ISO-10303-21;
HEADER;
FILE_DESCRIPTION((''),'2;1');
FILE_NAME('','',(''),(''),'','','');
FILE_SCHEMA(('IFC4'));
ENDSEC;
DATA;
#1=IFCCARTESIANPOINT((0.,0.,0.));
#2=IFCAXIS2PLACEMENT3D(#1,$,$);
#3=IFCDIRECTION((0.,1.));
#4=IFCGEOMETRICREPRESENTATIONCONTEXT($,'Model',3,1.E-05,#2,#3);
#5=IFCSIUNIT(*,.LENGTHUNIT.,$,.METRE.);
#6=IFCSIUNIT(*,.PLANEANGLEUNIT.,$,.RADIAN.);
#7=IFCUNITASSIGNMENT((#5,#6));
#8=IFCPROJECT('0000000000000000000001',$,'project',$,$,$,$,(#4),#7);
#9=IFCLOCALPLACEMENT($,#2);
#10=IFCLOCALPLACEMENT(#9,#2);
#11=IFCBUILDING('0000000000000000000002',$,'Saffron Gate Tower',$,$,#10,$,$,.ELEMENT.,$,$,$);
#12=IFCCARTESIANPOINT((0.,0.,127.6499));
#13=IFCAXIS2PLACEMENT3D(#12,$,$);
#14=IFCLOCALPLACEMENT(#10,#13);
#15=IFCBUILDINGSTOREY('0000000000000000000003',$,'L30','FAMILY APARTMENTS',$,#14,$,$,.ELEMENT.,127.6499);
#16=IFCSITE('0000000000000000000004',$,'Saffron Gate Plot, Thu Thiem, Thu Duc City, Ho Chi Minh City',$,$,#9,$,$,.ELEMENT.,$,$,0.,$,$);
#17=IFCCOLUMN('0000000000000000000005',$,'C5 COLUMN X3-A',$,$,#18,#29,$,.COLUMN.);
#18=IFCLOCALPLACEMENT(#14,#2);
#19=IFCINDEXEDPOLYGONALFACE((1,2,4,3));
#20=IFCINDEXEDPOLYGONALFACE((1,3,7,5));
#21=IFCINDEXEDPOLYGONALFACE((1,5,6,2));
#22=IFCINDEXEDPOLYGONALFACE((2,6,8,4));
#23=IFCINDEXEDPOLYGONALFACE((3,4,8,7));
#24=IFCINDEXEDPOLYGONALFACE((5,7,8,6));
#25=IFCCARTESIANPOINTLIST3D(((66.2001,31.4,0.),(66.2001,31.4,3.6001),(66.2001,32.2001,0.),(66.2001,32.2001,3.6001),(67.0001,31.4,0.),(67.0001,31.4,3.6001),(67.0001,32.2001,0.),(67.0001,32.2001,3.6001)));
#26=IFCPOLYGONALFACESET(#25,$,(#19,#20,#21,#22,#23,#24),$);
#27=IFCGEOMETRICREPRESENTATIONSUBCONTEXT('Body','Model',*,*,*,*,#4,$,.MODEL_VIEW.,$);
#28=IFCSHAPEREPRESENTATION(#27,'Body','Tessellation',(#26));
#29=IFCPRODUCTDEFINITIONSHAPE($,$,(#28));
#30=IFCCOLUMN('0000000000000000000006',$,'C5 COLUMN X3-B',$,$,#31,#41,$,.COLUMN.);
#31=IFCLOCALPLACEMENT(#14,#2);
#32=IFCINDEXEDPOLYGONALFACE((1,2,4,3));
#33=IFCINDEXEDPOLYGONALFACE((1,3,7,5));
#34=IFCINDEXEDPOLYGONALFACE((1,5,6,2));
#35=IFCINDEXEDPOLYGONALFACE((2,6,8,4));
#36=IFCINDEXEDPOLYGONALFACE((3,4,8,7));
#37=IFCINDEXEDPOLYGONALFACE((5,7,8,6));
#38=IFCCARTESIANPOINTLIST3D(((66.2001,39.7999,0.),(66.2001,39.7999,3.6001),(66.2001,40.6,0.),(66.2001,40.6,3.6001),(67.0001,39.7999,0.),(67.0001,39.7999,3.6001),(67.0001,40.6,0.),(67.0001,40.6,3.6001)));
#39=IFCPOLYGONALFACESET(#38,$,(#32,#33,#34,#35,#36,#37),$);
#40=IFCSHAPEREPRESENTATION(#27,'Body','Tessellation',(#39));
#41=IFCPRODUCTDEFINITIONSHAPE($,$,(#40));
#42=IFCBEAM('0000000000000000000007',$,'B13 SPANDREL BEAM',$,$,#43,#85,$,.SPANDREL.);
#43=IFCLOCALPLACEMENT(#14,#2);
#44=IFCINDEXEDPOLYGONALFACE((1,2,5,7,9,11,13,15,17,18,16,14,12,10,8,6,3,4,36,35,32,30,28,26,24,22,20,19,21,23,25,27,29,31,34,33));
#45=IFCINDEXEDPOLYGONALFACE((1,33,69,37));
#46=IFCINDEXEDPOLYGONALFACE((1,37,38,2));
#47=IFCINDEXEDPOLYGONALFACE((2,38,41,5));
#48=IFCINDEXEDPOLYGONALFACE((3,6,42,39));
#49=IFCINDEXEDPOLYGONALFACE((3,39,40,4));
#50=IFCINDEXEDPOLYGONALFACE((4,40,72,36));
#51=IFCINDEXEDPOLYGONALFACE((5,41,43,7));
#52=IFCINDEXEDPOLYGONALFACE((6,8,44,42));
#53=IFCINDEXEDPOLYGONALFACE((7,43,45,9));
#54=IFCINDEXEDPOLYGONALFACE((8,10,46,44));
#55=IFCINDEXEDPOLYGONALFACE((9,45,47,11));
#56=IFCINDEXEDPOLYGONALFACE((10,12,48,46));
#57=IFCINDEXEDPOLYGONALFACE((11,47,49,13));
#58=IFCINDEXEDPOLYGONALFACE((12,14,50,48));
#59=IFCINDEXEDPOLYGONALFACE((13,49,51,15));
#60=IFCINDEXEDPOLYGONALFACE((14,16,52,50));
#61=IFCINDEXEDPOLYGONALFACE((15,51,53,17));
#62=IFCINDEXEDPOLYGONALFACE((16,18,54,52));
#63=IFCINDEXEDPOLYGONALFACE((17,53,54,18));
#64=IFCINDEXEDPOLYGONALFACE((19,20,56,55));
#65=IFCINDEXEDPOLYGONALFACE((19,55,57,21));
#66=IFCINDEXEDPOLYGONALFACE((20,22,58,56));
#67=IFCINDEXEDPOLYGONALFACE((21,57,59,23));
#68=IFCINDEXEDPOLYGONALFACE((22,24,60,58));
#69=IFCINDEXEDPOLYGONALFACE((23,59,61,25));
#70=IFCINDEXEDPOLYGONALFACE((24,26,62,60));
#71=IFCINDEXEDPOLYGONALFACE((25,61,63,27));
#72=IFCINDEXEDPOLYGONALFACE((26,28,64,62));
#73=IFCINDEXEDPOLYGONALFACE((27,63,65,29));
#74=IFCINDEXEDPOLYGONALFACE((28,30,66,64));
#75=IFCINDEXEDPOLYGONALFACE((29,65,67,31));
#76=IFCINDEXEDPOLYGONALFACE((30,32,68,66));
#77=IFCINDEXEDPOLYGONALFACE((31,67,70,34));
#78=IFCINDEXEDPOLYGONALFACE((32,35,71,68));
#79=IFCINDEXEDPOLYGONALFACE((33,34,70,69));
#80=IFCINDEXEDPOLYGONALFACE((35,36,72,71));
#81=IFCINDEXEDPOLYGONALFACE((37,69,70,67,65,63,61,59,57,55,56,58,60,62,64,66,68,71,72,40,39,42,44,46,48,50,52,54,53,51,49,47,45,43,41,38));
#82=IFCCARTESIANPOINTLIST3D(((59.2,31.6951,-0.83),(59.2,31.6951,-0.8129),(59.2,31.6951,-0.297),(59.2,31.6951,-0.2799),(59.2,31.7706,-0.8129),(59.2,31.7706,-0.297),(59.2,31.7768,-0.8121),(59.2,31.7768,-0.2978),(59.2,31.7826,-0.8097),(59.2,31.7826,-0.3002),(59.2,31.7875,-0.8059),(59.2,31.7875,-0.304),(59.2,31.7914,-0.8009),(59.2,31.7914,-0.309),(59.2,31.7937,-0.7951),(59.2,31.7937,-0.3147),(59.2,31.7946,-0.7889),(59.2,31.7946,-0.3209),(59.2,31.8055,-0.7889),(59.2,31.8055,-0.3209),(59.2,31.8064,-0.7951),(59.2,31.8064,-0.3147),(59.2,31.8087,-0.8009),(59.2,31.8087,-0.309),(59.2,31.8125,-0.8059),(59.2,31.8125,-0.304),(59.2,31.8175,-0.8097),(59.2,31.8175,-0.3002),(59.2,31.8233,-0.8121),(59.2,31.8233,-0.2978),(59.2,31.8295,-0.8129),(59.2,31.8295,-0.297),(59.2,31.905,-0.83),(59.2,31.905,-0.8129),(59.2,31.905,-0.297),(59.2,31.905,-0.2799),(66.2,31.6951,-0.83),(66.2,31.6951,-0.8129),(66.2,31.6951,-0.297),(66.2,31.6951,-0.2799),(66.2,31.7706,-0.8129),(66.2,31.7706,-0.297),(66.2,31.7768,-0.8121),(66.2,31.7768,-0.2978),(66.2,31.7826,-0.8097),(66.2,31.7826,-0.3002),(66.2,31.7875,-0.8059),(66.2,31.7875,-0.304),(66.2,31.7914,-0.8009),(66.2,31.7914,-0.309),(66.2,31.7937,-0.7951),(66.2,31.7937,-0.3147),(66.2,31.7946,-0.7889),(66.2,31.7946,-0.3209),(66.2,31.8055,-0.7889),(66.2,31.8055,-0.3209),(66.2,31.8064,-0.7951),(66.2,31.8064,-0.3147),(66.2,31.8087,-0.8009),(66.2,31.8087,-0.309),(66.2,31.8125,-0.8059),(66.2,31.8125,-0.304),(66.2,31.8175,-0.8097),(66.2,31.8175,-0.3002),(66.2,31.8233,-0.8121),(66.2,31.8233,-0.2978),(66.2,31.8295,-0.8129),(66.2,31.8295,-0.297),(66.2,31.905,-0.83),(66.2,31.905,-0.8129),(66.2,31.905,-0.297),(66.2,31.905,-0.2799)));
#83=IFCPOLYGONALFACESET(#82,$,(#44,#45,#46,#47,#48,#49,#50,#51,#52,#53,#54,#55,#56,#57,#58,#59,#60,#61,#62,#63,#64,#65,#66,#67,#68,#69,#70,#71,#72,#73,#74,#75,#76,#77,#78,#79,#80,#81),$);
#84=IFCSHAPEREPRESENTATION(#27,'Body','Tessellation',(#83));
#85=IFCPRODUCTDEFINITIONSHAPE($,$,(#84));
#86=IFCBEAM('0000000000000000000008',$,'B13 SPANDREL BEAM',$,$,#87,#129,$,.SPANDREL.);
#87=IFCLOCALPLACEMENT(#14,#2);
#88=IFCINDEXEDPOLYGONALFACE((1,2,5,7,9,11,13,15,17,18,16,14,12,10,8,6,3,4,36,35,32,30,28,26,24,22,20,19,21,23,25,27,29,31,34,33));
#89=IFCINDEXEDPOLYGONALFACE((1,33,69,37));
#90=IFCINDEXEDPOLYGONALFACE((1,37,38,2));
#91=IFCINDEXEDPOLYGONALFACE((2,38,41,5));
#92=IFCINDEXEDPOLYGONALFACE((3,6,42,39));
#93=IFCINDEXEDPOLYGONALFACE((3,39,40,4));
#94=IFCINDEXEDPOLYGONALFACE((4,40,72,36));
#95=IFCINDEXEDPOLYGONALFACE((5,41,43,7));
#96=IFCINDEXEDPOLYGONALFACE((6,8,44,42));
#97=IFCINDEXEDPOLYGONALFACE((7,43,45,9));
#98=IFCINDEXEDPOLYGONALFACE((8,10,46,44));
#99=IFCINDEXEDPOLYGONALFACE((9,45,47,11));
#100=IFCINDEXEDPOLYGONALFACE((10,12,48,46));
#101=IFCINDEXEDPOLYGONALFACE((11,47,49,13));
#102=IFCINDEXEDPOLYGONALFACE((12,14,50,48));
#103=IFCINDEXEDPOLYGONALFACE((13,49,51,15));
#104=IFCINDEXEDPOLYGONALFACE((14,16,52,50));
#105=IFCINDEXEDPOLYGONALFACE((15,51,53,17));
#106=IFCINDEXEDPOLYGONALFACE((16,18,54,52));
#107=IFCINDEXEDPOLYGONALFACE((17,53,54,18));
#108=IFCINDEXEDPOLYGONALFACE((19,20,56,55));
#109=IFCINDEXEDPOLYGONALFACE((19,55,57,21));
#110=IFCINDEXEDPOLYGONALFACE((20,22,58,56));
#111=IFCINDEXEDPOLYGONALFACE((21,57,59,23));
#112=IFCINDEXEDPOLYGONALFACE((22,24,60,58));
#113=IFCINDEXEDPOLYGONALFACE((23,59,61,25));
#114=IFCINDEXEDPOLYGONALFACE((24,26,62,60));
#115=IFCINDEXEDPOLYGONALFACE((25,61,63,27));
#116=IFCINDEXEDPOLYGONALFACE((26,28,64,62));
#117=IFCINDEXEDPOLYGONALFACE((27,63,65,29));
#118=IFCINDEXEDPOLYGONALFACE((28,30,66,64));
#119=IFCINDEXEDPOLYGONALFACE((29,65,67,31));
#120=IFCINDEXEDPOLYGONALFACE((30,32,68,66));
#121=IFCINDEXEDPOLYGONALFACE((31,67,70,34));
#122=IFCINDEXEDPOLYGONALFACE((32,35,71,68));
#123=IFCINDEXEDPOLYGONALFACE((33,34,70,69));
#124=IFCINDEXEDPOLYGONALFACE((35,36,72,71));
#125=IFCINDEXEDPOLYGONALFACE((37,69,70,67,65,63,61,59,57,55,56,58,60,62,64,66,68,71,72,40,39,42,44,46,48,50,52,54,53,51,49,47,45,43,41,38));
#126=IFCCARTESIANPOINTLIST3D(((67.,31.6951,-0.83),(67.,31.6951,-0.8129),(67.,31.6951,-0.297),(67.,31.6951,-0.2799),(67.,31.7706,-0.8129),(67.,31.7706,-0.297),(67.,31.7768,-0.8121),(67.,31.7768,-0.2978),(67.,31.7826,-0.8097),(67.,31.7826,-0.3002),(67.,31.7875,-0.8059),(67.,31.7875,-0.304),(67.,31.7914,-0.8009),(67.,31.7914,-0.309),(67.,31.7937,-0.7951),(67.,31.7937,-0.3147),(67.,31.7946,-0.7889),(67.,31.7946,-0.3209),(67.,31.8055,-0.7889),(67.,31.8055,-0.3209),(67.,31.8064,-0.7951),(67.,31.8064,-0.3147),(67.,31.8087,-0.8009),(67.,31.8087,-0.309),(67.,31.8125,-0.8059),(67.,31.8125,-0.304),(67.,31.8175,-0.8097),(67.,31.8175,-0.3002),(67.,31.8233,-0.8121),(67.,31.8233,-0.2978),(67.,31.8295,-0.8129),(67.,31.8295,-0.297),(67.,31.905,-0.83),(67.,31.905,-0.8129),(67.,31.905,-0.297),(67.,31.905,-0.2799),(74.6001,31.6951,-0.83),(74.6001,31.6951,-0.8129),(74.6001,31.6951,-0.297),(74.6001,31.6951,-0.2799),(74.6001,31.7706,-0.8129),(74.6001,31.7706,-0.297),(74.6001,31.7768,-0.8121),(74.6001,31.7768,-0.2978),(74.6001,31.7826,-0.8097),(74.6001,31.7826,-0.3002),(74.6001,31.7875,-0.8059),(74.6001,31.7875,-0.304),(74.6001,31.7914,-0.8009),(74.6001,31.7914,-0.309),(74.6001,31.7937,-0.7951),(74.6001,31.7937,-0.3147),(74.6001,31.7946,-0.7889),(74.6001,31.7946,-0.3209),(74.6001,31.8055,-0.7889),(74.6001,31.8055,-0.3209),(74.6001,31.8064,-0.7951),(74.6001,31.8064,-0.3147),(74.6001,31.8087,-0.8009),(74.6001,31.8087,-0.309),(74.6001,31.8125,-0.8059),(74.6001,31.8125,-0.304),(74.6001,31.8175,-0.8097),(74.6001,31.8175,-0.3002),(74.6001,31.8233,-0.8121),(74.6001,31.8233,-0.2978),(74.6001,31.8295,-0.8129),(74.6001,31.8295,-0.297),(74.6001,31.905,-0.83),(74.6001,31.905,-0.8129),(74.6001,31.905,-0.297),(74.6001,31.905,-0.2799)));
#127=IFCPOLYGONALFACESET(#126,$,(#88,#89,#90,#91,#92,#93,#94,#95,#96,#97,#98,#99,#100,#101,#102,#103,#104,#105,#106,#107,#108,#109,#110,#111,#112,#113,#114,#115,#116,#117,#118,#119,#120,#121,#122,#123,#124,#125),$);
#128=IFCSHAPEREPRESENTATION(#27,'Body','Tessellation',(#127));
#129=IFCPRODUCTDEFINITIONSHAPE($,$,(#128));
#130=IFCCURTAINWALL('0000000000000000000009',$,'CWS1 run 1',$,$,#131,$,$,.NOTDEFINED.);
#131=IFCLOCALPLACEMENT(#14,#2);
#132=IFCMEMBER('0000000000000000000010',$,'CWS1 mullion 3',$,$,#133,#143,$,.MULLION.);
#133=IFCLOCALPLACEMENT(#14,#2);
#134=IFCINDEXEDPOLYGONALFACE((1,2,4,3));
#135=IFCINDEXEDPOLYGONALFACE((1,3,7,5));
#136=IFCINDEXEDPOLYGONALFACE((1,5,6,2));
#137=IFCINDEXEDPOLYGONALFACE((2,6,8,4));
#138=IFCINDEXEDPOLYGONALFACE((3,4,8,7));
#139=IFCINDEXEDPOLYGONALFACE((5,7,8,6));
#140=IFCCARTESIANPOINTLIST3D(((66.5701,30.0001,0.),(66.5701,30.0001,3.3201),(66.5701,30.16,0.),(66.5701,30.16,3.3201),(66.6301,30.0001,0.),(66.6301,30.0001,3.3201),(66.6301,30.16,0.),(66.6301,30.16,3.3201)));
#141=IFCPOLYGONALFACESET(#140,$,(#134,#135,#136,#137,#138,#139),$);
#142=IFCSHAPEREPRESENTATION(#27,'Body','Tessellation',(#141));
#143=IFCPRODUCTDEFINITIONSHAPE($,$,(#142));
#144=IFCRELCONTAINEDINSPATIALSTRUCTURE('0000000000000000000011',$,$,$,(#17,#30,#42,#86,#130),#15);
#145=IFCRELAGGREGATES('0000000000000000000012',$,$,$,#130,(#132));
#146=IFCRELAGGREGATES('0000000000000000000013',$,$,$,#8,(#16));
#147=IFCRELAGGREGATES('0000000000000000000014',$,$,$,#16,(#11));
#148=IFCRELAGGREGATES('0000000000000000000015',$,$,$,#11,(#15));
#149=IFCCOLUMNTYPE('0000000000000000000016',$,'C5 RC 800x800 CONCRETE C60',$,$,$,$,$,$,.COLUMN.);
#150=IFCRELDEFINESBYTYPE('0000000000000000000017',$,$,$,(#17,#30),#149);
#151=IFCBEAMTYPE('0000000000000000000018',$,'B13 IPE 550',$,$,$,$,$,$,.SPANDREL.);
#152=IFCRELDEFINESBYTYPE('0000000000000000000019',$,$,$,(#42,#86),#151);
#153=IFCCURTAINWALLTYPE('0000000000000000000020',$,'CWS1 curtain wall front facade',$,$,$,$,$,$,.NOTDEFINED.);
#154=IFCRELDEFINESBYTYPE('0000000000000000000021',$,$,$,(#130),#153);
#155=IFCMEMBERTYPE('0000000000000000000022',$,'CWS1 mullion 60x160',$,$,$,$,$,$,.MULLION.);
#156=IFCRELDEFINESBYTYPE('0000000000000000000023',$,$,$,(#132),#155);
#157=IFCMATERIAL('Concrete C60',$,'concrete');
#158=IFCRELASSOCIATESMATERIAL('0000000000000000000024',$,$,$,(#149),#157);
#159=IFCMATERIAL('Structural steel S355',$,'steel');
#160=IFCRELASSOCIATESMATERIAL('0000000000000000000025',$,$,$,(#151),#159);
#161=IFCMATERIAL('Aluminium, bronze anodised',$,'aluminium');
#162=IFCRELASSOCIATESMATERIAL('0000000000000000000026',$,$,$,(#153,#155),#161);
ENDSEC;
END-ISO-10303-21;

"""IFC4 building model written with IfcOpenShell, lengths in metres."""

from ifc_helpers import new_model, si_unit, direction, frame, origin, origin_2d, place, context, subcontext, project, spatial, rectangle, i_section, extrude, material, material_profile, profile_set, type_object, element, aggregate, save


model = new_model("IFC4")

# Units and contexts
model_context = context("Model", 3, precision=1e-05, world=origin(), true_north=direction((0.0, 1.0)))
body_context = subcontext(model_context, "Body", "Model", "MODEL_VIEW")
ifc_project = project(units=[si_unit("LENGTHUNIT", "METRE"), si_unit("PLANEANGLEUNIT", "RADIAN")], contexts=[model_context])

# Site, building, storey
site_placement = place(None, origin())
site = spatial("IfcSite", under=ifc_project, at=site_placement, Name="Saffron Gate Plot, Thu Thiem, Thu Duc City, Ho Chi Minh City", CompositionType="ELEMENT", RefElevation=0.0)
building_placement = place(site_placement, origin())
building = spatial("IfcBuilding", under=site, at=building_placement, Name="Saffron Gate Tower", CompositionType="ELEMENT")
storey_placement = place(building_placement, frame((0.0, 0.0, 127.6499)))
storey = spatial("IfcBuildingStorey", under=building, at=storey_placement, Name="L30", Description="FAMILY APARTMENTS", CompositionType="ELEMENT", Elevation=127.6499)

# Columns
ifc_material_1 = material(Name="Concrete C60", Category="concrete")
ifc_material_profile_1 = material_profile(ifc_material_1, rectangle(XDim=0.8, YDim=0.8, at=origin_2d()))
ifc_profile_set_1 = profile_set([ifc_material_profile_1], Name="Concrete C60")
column_type = type_object("IfcColumnType", Name="C5 RC 800x800 CONCRETE C60", PredefinedType="COLUMN", material=ifc_profile_set_1)
for number, where, z_axis, x_axis, name in (
    (1, (66.6001, 31.8, 0.0), (0.0, 0.0, 1.0), (1.0, 0.0, 0.0), "C5 COLUMN X3-A"),
    (2, (66.6001, 40.2, 0.0), (0.0, 0.0, 1.0), (1.0, 0.0, 0.0), "C5 COLUMN X3-B"),
):
    element("IfcColumn", number, at=place(storey_placement, frame(where, z_axis=z_axis, x_axis=x_axis)), inside=storey, type_object=column_type, Name=name, PredefinedType="COLUMN", context=body_context, shape_type="SweptSolid", body=[
        extrude(rectangle(XDim=0.8, YDim=0.8, at=origin_2d()), origin(), (0.0, 0.0, 1.0), 3.6001),
    ])

# Beams
ifc_material_2 = material(Name="Structural steel S355", Category="steel")
ifc_material_profile_2 = material_profile(ifc_material_2, i_section(OverallWidth=0.21, OverallDepth=0.55, WebThickness=0.011, FlangeThickness=0.0171, FilletRadius=0.0239, at=origin_2d()))
ifc_profile_set_2 = profile_set([ifc_material_profile_2], Name="Structural steel S355")
beam_type = type_object("IfcBeamType", Name="B13 IPE 550", PredefinedType="SPANDREL", material=ifc_profile_set_2)
beam_1_placement = place(storey_placement, frame((59.2, 31.8, -0.5549), z_axis=(1.0, 0.0, 0.0), x_axis=(0.0, 1.0, 0.0)))
element("IfcBeam", 3, at=beam_1_placement, inside=storey, type_object=beam_type, Name="B13 SPANDREL BEAM", PredefinedType="SPANDREL", context=body_context, shape_type="SweptSolid", body=[
    extrude(i_section(OverallWidth=0.21, OverallDepth=0.55, WebThickness=0.011, FlangeThickness=0.0171, FilletRadius=0.0239, at=origin_2d()), origin(), (0.0, 0.0, 1.0), 7.0),
])
beam_2_placement = place(storey_placement, frame((67.0, 31.8, -0.5549), z_axis=(1.0, 0.0, 0.0), x_axis=(0.0, 1.0, 0.0)))
element("IfcBeam", 4, at=beam_2_placement, inside=storey, type_object=beam_type, Name="B13 SPANDREL BEAM", PredefinedType="SPANDREL", context=body_context, shape_type="SweptSolid", body=[
    extrude(i_section(OverallWidth=0.21, OverallDepth=0.55, WebThickness=0.011, FlangeThickness=0.0171, FilletRadius=0.0239, at=origin_2d()), origin(), (0.0, 0.0, 1.0), 7.6001),
])

# Curtain wall, member
ifc_material_3 = material(Name="Aluminium, bronze anodised", Category="aluminium")
curtain_wall_type = type_object("IfcCurtainWallType", Name="CWS1 curtain wall front facade", PredefinedType="NOTDEFINED", material=ifc_material_3)
curtain_wall_placement = place(storey_placement, origin())
curtain_wall = element("IfcCurtainWall", 5, at=curtain_wall_placement, inside=storey, type_object=curtain_wall_type, Name="CWS1 run 1", PredefinedType="NOTDEFINED")
ifc_material_profile_3 = material_profile(ifc_material_3, rectangle(XDim=0.1599, YDim=0.0601, at=origin_2d()))
ifc_profile_set_3 = profile_set([ifc_material_profile_3], Name="Aluminium, bronze anodised")
member_type = type_object("IfcMemberType", Name="CWS1 mullion 60x160", PredefinedType="MULLION", material=ifc_profile_set_3)
member_placement = place(storey_placement, frame((66.6001, 30.0801, 0.0), z_axis=(0.0, 0.0, 1.0), x_axis=(0.0, 1.0, 0.0)))
member = element("IfcMember", 6, at=member_placement, type_object=member_type, Name="CWS1 mullion 3", PredefinedType="MULLION", context=body_context, shape_type="SweptSolid", body=[
    extrude(rectangle(XDim=0.1599, YDim=0.0601, at=origin_2d()), origin(), (0.0, 0.0, 1.0), 3.3201),
])
aggregate(curtain_wall, [member])

save(model, "model.ifc")
